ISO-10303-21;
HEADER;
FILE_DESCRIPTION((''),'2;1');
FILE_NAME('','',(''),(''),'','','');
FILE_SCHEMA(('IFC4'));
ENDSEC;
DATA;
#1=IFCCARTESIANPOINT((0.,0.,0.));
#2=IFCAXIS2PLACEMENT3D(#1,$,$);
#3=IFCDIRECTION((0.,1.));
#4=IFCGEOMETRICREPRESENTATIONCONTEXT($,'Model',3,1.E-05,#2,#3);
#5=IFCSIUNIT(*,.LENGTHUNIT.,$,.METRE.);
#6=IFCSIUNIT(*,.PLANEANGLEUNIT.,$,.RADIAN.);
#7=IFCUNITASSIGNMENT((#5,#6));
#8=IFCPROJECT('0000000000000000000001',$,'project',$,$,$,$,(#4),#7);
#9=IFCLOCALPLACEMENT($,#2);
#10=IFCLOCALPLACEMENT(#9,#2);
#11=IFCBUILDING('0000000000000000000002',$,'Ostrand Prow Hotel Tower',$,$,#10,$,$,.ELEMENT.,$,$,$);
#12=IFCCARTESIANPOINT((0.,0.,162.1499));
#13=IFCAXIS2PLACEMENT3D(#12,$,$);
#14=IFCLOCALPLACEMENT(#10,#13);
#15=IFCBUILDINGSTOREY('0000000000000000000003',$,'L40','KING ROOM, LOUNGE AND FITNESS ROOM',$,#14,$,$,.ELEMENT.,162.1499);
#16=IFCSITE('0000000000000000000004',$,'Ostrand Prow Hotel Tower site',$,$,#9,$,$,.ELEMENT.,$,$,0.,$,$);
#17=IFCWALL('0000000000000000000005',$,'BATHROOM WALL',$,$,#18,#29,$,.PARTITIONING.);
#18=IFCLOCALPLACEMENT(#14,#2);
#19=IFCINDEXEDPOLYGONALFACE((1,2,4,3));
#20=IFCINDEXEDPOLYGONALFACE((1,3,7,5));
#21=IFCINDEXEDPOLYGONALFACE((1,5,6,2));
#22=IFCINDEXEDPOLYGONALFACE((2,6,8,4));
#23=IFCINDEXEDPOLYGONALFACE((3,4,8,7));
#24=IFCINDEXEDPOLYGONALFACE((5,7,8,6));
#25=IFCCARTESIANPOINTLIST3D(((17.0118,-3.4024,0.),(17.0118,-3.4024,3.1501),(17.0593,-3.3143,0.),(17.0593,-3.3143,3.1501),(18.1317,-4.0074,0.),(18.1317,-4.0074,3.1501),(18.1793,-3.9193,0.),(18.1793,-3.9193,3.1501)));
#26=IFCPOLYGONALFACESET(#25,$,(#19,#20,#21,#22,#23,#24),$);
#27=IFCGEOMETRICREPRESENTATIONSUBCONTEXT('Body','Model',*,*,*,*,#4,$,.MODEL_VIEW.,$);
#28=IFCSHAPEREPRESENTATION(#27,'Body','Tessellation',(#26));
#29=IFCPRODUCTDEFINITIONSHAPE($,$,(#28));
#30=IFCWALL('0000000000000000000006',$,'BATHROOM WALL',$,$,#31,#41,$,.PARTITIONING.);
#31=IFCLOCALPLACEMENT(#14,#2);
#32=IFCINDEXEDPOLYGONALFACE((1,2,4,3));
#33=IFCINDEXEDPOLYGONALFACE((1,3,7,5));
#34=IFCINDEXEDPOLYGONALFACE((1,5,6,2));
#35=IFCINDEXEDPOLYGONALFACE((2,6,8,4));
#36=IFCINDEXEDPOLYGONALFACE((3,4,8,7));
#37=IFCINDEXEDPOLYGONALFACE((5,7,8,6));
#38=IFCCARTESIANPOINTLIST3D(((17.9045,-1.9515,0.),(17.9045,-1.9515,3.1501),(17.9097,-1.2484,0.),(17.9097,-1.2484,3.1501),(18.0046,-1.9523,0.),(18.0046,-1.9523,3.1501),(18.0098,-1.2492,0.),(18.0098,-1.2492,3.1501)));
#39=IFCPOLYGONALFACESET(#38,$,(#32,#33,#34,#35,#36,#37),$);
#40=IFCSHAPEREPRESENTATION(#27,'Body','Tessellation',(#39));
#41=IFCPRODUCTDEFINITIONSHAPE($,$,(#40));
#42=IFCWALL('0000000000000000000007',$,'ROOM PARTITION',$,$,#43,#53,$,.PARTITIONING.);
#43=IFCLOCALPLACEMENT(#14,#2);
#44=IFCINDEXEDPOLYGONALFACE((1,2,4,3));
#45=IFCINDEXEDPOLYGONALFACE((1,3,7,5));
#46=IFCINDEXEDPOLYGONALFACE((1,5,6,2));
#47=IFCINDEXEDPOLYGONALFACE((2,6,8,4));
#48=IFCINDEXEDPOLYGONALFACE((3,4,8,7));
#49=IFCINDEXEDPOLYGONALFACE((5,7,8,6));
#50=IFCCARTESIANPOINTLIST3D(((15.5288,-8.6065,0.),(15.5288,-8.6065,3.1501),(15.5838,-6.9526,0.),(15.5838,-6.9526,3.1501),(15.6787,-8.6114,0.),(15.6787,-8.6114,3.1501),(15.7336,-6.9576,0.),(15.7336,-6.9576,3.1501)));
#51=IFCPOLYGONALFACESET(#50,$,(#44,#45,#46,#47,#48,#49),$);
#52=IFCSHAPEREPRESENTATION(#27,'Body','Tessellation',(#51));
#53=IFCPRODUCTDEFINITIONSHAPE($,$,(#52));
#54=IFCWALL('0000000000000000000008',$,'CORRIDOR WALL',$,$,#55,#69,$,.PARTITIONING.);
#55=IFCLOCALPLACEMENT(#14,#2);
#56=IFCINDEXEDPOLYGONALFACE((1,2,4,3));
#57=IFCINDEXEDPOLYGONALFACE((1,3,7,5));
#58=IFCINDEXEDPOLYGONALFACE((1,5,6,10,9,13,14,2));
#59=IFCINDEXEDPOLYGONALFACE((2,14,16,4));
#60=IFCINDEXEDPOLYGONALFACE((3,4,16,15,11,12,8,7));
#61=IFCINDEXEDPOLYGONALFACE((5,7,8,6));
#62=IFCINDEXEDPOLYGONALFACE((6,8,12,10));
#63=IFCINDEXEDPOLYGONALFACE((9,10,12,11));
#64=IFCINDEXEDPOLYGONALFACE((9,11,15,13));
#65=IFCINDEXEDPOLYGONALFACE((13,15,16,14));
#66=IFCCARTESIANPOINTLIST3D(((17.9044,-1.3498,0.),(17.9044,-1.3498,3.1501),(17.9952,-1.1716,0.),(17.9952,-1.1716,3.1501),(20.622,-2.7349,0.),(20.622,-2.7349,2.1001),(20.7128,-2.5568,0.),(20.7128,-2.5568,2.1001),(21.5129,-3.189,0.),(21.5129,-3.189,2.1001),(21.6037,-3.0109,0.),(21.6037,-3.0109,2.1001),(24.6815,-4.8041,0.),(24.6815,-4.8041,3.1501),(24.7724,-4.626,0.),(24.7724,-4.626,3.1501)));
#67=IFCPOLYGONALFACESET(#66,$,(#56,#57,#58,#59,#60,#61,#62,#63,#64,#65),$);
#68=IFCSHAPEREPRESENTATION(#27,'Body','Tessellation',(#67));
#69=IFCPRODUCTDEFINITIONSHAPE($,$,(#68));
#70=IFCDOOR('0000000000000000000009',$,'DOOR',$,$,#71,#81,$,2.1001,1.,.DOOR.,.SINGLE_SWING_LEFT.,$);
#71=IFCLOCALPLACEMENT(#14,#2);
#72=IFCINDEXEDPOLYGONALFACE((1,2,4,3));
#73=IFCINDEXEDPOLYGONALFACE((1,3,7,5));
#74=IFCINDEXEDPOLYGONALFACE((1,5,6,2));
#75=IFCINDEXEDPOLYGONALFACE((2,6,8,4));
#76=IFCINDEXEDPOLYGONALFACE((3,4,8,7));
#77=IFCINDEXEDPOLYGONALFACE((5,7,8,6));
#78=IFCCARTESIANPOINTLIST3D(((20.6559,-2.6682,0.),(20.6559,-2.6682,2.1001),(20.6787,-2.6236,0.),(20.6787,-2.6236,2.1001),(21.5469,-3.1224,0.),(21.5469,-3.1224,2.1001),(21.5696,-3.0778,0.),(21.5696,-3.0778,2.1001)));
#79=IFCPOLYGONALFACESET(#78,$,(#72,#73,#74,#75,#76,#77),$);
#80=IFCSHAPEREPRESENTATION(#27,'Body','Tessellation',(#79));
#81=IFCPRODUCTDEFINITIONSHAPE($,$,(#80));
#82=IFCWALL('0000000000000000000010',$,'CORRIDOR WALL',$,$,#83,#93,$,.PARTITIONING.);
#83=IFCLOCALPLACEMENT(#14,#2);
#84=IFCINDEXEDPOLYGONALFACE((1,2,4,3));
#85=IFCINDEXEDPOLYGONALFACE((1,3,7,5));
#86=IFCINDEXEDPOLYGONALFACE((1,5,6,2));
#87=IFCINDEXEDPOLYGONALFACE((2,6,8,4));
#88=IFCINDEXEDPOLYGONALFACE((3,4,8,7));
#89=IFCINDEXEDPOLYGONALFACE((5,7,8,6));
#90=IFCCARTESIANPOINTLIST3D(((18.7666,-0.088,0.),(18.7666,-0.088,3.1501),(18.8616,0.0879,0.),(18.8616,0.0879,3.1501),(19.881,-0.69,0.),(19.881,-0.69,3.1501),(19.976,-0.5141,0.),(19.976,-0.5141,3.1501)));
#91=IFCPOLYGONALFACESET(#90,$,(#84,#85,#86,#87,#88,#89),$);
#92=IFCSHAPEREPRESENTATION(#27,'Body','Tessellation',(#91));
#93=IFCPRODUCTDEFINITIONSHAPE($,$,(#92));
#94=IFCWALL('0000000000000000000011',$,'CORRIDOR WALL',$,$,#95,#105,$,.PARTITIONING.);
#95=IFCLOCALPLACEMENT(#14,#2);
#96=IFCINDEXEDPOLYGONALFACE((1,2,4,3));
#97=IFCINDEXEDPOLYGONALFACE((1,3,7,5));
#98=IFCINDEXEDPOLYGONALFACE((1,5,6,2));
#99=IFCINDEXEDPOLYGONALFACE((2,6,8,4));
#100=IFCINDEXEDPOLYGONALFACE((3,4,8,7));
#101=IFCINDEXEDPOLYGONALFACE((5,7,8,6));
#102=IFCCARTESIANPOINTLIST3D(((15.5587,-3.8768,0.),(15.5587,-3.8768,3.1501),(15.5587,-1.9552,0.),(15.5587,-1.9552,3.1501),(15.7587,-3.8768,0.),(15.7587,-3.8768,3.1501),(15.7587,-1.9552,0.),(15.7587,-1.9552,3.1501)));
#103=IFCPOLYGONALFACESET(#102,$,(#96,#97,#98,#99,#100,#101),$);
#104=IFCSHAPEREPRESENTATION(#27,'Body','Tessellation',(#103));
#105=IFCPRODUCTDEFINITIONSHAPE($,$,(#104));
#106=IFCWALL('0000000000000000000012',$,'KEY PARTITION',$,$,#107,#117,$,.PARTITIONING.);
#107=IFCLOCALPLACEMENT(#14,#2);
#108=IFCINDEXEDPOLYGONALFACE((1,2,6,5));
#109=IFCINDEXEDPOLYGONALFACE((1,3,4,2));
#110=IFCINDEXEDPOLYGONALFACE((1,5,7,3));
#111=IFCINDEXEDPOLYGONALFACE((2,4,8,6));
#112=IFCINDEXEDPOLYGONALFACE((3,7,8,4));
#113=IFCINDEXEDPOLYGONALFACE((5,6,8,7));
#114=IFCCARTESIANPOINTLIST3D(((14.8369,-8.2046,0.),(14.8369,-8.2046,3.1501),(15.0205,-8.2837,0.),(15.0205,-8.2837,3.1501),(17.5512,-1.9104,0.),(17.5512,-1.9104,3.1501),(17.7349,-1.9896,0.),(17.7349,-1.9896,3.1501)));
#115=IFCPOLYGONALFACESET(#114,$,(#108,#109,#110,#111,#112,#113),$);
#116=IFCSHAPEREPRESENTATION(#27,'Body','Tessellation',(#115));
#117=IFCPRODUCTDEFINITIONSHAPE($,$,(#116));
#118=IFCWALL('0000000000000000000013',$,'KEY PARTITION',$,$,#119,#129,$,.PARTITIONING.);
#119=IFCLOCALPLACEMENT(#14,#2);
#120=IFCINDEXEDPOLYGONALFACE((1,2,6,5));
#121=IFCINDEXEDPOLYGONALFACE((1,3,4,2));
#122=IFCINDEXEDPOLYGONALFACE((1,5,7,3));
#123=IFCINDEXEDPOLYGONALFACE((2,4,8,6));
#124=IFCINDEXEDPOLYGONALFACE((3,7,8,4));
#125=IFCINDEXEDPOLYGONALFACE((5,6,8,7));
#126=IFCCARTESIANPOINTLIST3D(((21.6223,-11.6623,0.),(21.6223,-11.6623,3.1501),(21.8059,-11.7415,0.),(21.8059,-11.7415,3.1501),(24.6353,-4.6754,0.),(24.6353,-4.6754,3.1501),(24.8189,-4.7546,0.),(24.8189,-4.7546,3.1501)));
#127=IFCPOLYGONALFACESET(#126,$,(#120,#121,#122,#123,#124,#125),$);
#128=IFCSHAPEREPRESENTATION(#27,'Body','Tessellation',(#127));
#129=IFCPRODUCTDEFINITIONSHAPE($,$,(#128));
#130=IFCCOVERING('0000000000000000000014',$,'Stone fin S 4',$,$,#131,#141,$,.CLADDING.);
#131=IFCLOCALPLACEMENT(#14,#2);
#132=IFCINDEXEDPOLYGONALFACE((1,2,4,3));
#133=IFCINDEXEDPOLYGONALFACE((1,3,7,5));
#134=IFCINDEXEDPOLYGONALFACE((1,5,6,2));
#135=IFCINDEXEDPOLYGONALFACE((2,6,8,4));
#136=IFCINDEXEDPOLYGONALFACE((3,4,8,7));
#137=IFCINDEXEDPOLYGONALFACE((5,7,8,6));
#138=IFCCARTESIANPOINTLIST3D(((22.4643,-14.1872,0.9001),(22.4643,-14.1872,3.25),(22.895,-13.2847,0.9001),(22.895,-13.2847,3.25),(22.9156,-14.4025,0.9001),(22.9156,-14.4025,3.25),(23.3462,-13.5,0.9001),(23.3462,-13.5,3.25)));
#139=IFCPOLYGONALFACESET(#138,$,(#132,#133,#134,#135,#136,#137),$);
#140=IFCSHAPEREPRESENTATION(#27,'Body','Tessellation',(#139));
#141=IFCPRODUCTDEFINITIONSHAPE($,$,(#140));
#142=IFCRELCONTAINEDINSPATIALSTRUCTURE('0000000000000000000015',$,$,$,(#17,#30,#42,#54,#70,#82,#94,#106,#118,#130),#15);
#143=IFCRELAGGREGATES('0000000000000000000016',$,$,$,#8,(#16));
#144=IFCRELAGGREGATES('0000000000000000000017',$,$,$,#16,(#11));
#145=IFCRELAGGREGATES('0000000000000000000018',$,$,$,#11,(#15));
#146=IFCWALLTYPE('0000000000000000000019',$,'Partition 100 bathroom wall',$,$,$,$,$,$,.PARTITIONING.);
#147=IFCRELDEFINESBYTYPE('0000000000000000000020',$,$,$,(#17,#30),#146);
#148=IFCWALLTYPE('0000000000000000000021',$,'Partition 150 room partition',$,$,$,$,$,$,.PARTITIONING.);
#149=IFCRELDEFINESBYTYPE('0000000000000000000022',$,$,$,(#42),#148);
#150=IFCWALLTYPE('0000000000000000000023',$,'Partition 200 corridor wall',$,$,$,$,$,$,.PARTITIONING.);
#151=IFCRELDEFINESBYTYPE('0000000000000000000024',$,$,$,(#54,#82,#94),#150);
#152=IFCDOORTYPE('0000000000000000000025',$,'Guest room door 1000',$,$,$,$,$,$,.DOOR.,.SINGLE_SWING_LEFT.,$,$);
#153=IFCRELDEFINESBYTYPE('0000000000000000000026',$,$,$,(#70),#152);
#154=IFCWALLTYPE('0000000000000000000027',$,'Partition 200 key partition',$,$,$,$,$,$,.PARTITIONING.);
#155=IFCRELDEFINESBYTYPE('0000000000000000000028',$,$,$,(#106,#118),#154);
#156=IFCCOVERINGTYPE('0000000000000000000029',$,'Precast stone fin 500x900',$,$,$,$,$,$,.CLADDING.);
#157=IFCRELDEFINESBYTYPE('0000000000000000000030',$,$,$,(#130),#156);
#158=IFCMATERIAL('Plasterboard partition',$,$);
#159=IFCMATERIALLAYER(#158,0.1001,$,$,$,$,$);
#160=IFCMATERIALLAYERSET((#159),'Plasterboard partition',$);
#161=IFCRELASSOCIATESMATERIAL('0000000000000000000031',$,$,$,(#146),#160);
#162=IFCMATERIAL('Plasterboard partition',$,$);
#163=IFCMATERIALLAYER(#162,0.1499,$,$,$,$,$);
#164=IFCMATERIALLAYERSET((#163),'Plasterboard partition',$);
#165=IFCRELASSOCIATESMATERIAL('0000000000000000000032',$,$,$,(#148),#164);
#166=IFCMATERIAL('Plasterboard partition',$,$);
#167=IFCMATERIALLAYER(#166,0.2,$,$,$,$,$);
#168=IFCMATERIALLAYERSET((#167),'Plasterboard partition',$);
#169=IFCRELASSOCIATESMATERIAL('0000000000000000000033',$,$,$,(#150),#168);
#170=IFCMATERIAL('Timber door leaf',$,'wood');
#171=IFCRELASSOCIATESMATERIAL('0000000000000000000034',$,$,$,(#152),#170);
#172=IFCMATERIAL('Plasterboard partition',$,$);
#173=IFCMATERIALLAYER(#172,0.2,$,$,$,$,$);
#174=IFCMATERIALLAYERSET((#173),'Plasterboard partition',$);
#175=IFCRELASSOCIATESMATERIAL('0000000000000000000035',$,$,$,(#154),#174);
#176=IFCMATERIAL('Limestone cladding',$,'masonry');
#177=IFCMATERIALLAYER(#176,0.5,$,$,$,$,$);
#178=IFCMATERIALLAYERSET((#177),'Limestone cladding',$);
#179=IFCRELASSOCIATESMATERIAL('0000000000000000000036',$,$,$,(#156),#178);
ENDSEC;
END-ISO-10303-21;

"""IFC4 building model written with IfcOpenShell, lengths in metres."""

from ifc_helpers import new_model, si_unit, direction, frame, frame_2d, origin, place, context, subcontext, project, spatial, rectangle, extrude, material, layer, layer_set, type_object, element, fill, save


model = new_model("IFC4")

# Units and contexts
model_context = context("Model", 3, precision=1e-05, world=origin(), true_north=direction((0.0, 1.0)))
body_context = subcontext(model_context, "Body", "Model", "MODEL_VIEW")
ifc_project = project(units=[si_unit("LENGTHUNIT", "METRE"), si_unit("PLANEANGLEUNIT", "RADIAN")], contexts=[model_context])

# Site, building, storey
site_placement = place(None, origin())
site = spatial("IfcSite", under=ifc_project, at=site_placement, Name="Ostrand Prow Hotel Tower site", CompositionType="ELEMENT", RefElevation=0.0)
building_placement = place(site_placement, origin())
building = spatial("IfcBuilding", under=site, at=building_placement, Name="Ostrand Prow Hotel Tower", CompositionType="ELEMENT")
storey_placement = place(building_placement, frame((0.0, 0.0, 162.1499)))
storey = spatial("IfcBuildingStorey", under=building, at=storey_placement, Name="L40", Description="KING ROOM, LOUNGE AND FITNESS ROOM", CompositionType="ELEMENT", Elevation=162.1499)

# Shared definitions
ifc_material_1 = material(Name="Plasterboard partition")
ifc_layer_1 = layer(ifc_material_1, 0.1001)
ifc_layer_set_1 = layer_set([ifc_layer_1], Name="Plasterboard partition")
wall_type_1 = type_object("IfcWallType", Name="Partition 100 bathroom wall", PredefinedType="PARTITIONING", material=ifc_layer_set_1)

# Walls
wall_1_placement = place(storey_placement, frame((18.1555, -3.9634, 0.0), z_axis=(0.0, 0.0, 1.0), x_axis=(-0.879824, 0.4753, 0.0)))
element("IfcWall", 1, at=wall_1_placement, inside=storey, type_object=wall_type_1, Name="BATHROOM WALL", PredefinedType="PARTITIONING", context=body_context, shape_type="SweptSolid", body=[
    extrude(rectangle(XDim=1.2729, YDim=0.1001, at=frame_2d((0.6365, 0.0))), origin(), (0.0, 0.0, 1.0), 3.1501),
])
wall_2_placement = place(storey_placement, frame((17.9546, -1.9519, 0.0), z_axis=(0.0, 0.0, 1.0), x_axis=(0.007291, 0.999973, 0.0)))
element("IfcWall", 2, at=wall_2_placement, inside=storey, type_object=wall_type_1, Name="BATHROOM WALL", PredefinedType="PARTITIONING", context=body_context, shape_type="SweptSolid", body=[
    extrude(rectangle(XDim=0.7031, YDim=0.1001, at=frame_2d((0.3516, 0.0))), origin(), (0.0, 0.0, 1.0), 3.1501),
])
ifc_material_2 = material(Name="Plasterboard partition")
ifc_layer_2 = layer(ifc_material_2, 0.1499)
ifc_layer_set_2 = layer_set([ifc_layer_2], Name="Plasterboard partition")
wall_type_2 = type_object("IfcWallType", Name="Partition 150 room partition", PredefinedType="PARTITIONING", material=ifc_layer_set_2)
wall_3_placement = place(storey_placement, frame((15.6587, -6.9551, 0.0), z_axis=(0.0, 0.0, 1.0), x_axis=(-0.033197, -0.999449, 0.0)))
element("IfcWall", 3, at=wall_3_placement, inside=storey, type_object=wall_type_2, Name="ROOM PARTITION", PredefinedType="PARTITIONING", context=body_context, shape_type="SweptSolid", body=[
    extrude(rectangle(XDim=1.6548, YDim=0.1499, at=frame_2d((0.8274, 0.0))), origin(), (0.0, 0.0, 1.0), 3.1501),
])

# Wall, opening, door
ifc_material_3 = material(Name="Plasterboard partition")
ifc_layer_3 = layer(ifc_material_3, 0.2)
ifc_layer_set_3 = layer_set([ifc_layer_3], Name="Plasterboard partition")
wall_type_3 = type_object("IfcWallType", Name="Partition 200 corridor wall", PredefinedType="PARTITIONING", material=ifc_layer_set_3)
wall_4_placement = place(storey_placement, frame((17.95, -1.2607, 0.0), z_axis=(0.0, 0.0, 1.0), x_axis=(0.890941, -0.45412, 0.0)))
wall_4 = element("IfcWall", 4, at=wall_4_placement, inside=storey, type_object=wall_type_3, Name="CORRIDOR WALL", PredefinedType="PARTITIONING", context=body_context, shape_type="SweptSolid", body=[
    extrude(rectangle(XDim=7.6067, YDim=0.2, at=frame_2d((3.8032, 0.0))), origin(), (0.0, 0.0, 1.0), 3.1501),
])
opening_1_placement = place(wall_4_placement, frame((3.05, 0.0, 0.0)))
opening_1 = element("IfcOpeningElement", 5, at=opening_1_placement, cuts=wall_4, PredefinedType="OPENING", context=body_context, shape_type="SweptSolid", body=[
    extrude(rectangle(XDim=1.0, YDim=2.1001, at=frame_2d((0.5, 1.05))), frame((0.0, 0.1099, 0.0), z_axis=(0.0, -1.0, 0.0), x_axis=(1.0, 0.0, 0.0)), (0.0, 0.0, 1.0), 0.22),
])
ifc_material_4 = material(Name="Timber door leaf", Category="wood")
door_type_1 = type_object("IfcDoorType", Name="Guest room door 1000", OperationType="SINGLE_SWING_LEFT", PredefinedType="DOOR", material=ifc_material_4)
door_1_placement = place(opening_1_placement, origin())
door_1 = element("IfcDoor", 6, at=door_1_placement, inside=storey, type_object=door_type_1, Name="DOOR", OperationType="SINGLE_SWING_LEFT", OverallHeight=2.1001, OverallWidth=1.0, PredefinedType="DOOR", context=body_context, shape_type="SweptSolid", body=[
    extrude(rectangle(XDim=1.0, YDim=2.1001, at=frame_2d((0.5, 1.05))), frame((0.0, 0.0249, 0.0), z_axis=(0.0, -1.0, 0.0), x_axis=(1.0, 0.0, 0.0)), (0.0, 0.0, 1.0), 0.05),
])
fill(opening_1, door_1)

# Walls
wall_5_placement = place(storey_placement, frame((19.9285, -0.6021, 0.0), z_axis=(0.0, 0.0, 1.0), x_axis=(-0.879833, 0.475283, 0.0)))
element("IfcWall", 7, at=wall_5_placement, inside=storey, type_object=wall_type_3, Name="CORRIDOR WALL", PredefinedType="PARTITIONING", context=body_context, shape_type="SweptSolid", body=[
    extrude(rectangle(XDim=1.2666, YDim=0.2, at=frame_2d((0.6333, 0.0))), origin(), (0.0, 0.0, 1.0), 3.1501),
])
wall_6_placement = place(storey_placement, frame((15.6587, -1.9551, 0.0), z_axis=(0.0, 0.0, 1.0), x_axis=(0.0, -1.0, 0.0)))
element("IfcWall", 8, at=wall_6_placement, inside=storey, type_object=wall_type_3, Name="CORRIDOR WALL", PredefinedType="PARTITIONING", context=body_context, shape_type="SweptSolid", body=[
    extrude(rectangle(XDim=1.9216, YDim=0.2, at=frame_2d((0.9609, 0.0))), origin(), (0.0, 0.0, 1.0), 3.1501),
])
ifc_material_5 = material(Name="Plasterboard partition")
ifc_layer_4 = layer(ifc_material_5, 0.2)
ifc_layer_set_4 = layer_set([ifc_layer_4], Name="Plasterboard partition")
wall_type_4 = type_object("IfcWallType", Name="Partition 200 key partition", PredefinedType="PARTITIONING", material=ifc_layer_set_4)
wall_7_placement = place(storey_placement, frame((14.9287, -8.2441, 0.0), z_axis=(0.0, 0.0, 1.0), x_axis=(0.395995, 0.918253, 0.0)))
element("IfcWall", 9, at=wall_7_placement, inside=storey, type_object=wall_type_4, Name="KEY PARTITION", PredefinedType="PARTITIONING", context=body_context, shape_type="SweptSolid", body=[
    extrude(rectangle(XDim=6.8545, YDim=0.2, at=frame_2d((3.4272, 0.0))), origin(), (0.0, 0.0, 1.0), 3.1501),
])
wall_8_placement = place(storey_placement, frame((21.7141, -11.7019, 0.0), z_axis=(0.0, 0.0, 1.0), x_axis=(0.395982, 0.918258, 0.0)))
element("IfcWall", 10, at=wall_8_placement, inside=storey, type_object=wall_type_4, Name="KEY PARTITION", PredefinedType="PARTITIONING", context=body_context, shape_type="SweptSolid", body=[
    extrude(rectangle(XDim=7.6089, YDim=0.2, at=frame_2d((3.8044, 0.0))), origin(), (0.0, 0.0, 1.0), 3.1501),
])

# Covering
ifc_material_6 = material(Name="Limestone cladding", Category="masonry")
ifc_layer_5 = layer(ifc_material_6, 0.5)
ifc_layer_set_5 = layer_set([ifc_layer_5], Name="Limestone cladding")
covering_type = type_object("IfcCoveringType", Name="Precast stone fin 500x900", PredefinedType="CLADDING", material=ifc_layer_set_5)
covering_placement = place(storey_placement, frame((23.1206, -13.3923, 0.9001), z_axis=(0.0, 0.0, 1.0), x_axis=(-0.430635, -0.902526, 0.0)))
element("IfcCovering", 11, at=covering_placement, inside=storey, type_object=covering_type, Name="Stone fin S 4", PredefinedType="CLADDING", context=body_context, shape_type="SweptSolid", body=[
    extrude(rectangle(XDim=1.0, YDim=0.5, at=frame_2d((0.5, 0.0))), origin(), (0.0, 0.0, 1.0), 2.3499),
])

save(model, "model.ifc")
